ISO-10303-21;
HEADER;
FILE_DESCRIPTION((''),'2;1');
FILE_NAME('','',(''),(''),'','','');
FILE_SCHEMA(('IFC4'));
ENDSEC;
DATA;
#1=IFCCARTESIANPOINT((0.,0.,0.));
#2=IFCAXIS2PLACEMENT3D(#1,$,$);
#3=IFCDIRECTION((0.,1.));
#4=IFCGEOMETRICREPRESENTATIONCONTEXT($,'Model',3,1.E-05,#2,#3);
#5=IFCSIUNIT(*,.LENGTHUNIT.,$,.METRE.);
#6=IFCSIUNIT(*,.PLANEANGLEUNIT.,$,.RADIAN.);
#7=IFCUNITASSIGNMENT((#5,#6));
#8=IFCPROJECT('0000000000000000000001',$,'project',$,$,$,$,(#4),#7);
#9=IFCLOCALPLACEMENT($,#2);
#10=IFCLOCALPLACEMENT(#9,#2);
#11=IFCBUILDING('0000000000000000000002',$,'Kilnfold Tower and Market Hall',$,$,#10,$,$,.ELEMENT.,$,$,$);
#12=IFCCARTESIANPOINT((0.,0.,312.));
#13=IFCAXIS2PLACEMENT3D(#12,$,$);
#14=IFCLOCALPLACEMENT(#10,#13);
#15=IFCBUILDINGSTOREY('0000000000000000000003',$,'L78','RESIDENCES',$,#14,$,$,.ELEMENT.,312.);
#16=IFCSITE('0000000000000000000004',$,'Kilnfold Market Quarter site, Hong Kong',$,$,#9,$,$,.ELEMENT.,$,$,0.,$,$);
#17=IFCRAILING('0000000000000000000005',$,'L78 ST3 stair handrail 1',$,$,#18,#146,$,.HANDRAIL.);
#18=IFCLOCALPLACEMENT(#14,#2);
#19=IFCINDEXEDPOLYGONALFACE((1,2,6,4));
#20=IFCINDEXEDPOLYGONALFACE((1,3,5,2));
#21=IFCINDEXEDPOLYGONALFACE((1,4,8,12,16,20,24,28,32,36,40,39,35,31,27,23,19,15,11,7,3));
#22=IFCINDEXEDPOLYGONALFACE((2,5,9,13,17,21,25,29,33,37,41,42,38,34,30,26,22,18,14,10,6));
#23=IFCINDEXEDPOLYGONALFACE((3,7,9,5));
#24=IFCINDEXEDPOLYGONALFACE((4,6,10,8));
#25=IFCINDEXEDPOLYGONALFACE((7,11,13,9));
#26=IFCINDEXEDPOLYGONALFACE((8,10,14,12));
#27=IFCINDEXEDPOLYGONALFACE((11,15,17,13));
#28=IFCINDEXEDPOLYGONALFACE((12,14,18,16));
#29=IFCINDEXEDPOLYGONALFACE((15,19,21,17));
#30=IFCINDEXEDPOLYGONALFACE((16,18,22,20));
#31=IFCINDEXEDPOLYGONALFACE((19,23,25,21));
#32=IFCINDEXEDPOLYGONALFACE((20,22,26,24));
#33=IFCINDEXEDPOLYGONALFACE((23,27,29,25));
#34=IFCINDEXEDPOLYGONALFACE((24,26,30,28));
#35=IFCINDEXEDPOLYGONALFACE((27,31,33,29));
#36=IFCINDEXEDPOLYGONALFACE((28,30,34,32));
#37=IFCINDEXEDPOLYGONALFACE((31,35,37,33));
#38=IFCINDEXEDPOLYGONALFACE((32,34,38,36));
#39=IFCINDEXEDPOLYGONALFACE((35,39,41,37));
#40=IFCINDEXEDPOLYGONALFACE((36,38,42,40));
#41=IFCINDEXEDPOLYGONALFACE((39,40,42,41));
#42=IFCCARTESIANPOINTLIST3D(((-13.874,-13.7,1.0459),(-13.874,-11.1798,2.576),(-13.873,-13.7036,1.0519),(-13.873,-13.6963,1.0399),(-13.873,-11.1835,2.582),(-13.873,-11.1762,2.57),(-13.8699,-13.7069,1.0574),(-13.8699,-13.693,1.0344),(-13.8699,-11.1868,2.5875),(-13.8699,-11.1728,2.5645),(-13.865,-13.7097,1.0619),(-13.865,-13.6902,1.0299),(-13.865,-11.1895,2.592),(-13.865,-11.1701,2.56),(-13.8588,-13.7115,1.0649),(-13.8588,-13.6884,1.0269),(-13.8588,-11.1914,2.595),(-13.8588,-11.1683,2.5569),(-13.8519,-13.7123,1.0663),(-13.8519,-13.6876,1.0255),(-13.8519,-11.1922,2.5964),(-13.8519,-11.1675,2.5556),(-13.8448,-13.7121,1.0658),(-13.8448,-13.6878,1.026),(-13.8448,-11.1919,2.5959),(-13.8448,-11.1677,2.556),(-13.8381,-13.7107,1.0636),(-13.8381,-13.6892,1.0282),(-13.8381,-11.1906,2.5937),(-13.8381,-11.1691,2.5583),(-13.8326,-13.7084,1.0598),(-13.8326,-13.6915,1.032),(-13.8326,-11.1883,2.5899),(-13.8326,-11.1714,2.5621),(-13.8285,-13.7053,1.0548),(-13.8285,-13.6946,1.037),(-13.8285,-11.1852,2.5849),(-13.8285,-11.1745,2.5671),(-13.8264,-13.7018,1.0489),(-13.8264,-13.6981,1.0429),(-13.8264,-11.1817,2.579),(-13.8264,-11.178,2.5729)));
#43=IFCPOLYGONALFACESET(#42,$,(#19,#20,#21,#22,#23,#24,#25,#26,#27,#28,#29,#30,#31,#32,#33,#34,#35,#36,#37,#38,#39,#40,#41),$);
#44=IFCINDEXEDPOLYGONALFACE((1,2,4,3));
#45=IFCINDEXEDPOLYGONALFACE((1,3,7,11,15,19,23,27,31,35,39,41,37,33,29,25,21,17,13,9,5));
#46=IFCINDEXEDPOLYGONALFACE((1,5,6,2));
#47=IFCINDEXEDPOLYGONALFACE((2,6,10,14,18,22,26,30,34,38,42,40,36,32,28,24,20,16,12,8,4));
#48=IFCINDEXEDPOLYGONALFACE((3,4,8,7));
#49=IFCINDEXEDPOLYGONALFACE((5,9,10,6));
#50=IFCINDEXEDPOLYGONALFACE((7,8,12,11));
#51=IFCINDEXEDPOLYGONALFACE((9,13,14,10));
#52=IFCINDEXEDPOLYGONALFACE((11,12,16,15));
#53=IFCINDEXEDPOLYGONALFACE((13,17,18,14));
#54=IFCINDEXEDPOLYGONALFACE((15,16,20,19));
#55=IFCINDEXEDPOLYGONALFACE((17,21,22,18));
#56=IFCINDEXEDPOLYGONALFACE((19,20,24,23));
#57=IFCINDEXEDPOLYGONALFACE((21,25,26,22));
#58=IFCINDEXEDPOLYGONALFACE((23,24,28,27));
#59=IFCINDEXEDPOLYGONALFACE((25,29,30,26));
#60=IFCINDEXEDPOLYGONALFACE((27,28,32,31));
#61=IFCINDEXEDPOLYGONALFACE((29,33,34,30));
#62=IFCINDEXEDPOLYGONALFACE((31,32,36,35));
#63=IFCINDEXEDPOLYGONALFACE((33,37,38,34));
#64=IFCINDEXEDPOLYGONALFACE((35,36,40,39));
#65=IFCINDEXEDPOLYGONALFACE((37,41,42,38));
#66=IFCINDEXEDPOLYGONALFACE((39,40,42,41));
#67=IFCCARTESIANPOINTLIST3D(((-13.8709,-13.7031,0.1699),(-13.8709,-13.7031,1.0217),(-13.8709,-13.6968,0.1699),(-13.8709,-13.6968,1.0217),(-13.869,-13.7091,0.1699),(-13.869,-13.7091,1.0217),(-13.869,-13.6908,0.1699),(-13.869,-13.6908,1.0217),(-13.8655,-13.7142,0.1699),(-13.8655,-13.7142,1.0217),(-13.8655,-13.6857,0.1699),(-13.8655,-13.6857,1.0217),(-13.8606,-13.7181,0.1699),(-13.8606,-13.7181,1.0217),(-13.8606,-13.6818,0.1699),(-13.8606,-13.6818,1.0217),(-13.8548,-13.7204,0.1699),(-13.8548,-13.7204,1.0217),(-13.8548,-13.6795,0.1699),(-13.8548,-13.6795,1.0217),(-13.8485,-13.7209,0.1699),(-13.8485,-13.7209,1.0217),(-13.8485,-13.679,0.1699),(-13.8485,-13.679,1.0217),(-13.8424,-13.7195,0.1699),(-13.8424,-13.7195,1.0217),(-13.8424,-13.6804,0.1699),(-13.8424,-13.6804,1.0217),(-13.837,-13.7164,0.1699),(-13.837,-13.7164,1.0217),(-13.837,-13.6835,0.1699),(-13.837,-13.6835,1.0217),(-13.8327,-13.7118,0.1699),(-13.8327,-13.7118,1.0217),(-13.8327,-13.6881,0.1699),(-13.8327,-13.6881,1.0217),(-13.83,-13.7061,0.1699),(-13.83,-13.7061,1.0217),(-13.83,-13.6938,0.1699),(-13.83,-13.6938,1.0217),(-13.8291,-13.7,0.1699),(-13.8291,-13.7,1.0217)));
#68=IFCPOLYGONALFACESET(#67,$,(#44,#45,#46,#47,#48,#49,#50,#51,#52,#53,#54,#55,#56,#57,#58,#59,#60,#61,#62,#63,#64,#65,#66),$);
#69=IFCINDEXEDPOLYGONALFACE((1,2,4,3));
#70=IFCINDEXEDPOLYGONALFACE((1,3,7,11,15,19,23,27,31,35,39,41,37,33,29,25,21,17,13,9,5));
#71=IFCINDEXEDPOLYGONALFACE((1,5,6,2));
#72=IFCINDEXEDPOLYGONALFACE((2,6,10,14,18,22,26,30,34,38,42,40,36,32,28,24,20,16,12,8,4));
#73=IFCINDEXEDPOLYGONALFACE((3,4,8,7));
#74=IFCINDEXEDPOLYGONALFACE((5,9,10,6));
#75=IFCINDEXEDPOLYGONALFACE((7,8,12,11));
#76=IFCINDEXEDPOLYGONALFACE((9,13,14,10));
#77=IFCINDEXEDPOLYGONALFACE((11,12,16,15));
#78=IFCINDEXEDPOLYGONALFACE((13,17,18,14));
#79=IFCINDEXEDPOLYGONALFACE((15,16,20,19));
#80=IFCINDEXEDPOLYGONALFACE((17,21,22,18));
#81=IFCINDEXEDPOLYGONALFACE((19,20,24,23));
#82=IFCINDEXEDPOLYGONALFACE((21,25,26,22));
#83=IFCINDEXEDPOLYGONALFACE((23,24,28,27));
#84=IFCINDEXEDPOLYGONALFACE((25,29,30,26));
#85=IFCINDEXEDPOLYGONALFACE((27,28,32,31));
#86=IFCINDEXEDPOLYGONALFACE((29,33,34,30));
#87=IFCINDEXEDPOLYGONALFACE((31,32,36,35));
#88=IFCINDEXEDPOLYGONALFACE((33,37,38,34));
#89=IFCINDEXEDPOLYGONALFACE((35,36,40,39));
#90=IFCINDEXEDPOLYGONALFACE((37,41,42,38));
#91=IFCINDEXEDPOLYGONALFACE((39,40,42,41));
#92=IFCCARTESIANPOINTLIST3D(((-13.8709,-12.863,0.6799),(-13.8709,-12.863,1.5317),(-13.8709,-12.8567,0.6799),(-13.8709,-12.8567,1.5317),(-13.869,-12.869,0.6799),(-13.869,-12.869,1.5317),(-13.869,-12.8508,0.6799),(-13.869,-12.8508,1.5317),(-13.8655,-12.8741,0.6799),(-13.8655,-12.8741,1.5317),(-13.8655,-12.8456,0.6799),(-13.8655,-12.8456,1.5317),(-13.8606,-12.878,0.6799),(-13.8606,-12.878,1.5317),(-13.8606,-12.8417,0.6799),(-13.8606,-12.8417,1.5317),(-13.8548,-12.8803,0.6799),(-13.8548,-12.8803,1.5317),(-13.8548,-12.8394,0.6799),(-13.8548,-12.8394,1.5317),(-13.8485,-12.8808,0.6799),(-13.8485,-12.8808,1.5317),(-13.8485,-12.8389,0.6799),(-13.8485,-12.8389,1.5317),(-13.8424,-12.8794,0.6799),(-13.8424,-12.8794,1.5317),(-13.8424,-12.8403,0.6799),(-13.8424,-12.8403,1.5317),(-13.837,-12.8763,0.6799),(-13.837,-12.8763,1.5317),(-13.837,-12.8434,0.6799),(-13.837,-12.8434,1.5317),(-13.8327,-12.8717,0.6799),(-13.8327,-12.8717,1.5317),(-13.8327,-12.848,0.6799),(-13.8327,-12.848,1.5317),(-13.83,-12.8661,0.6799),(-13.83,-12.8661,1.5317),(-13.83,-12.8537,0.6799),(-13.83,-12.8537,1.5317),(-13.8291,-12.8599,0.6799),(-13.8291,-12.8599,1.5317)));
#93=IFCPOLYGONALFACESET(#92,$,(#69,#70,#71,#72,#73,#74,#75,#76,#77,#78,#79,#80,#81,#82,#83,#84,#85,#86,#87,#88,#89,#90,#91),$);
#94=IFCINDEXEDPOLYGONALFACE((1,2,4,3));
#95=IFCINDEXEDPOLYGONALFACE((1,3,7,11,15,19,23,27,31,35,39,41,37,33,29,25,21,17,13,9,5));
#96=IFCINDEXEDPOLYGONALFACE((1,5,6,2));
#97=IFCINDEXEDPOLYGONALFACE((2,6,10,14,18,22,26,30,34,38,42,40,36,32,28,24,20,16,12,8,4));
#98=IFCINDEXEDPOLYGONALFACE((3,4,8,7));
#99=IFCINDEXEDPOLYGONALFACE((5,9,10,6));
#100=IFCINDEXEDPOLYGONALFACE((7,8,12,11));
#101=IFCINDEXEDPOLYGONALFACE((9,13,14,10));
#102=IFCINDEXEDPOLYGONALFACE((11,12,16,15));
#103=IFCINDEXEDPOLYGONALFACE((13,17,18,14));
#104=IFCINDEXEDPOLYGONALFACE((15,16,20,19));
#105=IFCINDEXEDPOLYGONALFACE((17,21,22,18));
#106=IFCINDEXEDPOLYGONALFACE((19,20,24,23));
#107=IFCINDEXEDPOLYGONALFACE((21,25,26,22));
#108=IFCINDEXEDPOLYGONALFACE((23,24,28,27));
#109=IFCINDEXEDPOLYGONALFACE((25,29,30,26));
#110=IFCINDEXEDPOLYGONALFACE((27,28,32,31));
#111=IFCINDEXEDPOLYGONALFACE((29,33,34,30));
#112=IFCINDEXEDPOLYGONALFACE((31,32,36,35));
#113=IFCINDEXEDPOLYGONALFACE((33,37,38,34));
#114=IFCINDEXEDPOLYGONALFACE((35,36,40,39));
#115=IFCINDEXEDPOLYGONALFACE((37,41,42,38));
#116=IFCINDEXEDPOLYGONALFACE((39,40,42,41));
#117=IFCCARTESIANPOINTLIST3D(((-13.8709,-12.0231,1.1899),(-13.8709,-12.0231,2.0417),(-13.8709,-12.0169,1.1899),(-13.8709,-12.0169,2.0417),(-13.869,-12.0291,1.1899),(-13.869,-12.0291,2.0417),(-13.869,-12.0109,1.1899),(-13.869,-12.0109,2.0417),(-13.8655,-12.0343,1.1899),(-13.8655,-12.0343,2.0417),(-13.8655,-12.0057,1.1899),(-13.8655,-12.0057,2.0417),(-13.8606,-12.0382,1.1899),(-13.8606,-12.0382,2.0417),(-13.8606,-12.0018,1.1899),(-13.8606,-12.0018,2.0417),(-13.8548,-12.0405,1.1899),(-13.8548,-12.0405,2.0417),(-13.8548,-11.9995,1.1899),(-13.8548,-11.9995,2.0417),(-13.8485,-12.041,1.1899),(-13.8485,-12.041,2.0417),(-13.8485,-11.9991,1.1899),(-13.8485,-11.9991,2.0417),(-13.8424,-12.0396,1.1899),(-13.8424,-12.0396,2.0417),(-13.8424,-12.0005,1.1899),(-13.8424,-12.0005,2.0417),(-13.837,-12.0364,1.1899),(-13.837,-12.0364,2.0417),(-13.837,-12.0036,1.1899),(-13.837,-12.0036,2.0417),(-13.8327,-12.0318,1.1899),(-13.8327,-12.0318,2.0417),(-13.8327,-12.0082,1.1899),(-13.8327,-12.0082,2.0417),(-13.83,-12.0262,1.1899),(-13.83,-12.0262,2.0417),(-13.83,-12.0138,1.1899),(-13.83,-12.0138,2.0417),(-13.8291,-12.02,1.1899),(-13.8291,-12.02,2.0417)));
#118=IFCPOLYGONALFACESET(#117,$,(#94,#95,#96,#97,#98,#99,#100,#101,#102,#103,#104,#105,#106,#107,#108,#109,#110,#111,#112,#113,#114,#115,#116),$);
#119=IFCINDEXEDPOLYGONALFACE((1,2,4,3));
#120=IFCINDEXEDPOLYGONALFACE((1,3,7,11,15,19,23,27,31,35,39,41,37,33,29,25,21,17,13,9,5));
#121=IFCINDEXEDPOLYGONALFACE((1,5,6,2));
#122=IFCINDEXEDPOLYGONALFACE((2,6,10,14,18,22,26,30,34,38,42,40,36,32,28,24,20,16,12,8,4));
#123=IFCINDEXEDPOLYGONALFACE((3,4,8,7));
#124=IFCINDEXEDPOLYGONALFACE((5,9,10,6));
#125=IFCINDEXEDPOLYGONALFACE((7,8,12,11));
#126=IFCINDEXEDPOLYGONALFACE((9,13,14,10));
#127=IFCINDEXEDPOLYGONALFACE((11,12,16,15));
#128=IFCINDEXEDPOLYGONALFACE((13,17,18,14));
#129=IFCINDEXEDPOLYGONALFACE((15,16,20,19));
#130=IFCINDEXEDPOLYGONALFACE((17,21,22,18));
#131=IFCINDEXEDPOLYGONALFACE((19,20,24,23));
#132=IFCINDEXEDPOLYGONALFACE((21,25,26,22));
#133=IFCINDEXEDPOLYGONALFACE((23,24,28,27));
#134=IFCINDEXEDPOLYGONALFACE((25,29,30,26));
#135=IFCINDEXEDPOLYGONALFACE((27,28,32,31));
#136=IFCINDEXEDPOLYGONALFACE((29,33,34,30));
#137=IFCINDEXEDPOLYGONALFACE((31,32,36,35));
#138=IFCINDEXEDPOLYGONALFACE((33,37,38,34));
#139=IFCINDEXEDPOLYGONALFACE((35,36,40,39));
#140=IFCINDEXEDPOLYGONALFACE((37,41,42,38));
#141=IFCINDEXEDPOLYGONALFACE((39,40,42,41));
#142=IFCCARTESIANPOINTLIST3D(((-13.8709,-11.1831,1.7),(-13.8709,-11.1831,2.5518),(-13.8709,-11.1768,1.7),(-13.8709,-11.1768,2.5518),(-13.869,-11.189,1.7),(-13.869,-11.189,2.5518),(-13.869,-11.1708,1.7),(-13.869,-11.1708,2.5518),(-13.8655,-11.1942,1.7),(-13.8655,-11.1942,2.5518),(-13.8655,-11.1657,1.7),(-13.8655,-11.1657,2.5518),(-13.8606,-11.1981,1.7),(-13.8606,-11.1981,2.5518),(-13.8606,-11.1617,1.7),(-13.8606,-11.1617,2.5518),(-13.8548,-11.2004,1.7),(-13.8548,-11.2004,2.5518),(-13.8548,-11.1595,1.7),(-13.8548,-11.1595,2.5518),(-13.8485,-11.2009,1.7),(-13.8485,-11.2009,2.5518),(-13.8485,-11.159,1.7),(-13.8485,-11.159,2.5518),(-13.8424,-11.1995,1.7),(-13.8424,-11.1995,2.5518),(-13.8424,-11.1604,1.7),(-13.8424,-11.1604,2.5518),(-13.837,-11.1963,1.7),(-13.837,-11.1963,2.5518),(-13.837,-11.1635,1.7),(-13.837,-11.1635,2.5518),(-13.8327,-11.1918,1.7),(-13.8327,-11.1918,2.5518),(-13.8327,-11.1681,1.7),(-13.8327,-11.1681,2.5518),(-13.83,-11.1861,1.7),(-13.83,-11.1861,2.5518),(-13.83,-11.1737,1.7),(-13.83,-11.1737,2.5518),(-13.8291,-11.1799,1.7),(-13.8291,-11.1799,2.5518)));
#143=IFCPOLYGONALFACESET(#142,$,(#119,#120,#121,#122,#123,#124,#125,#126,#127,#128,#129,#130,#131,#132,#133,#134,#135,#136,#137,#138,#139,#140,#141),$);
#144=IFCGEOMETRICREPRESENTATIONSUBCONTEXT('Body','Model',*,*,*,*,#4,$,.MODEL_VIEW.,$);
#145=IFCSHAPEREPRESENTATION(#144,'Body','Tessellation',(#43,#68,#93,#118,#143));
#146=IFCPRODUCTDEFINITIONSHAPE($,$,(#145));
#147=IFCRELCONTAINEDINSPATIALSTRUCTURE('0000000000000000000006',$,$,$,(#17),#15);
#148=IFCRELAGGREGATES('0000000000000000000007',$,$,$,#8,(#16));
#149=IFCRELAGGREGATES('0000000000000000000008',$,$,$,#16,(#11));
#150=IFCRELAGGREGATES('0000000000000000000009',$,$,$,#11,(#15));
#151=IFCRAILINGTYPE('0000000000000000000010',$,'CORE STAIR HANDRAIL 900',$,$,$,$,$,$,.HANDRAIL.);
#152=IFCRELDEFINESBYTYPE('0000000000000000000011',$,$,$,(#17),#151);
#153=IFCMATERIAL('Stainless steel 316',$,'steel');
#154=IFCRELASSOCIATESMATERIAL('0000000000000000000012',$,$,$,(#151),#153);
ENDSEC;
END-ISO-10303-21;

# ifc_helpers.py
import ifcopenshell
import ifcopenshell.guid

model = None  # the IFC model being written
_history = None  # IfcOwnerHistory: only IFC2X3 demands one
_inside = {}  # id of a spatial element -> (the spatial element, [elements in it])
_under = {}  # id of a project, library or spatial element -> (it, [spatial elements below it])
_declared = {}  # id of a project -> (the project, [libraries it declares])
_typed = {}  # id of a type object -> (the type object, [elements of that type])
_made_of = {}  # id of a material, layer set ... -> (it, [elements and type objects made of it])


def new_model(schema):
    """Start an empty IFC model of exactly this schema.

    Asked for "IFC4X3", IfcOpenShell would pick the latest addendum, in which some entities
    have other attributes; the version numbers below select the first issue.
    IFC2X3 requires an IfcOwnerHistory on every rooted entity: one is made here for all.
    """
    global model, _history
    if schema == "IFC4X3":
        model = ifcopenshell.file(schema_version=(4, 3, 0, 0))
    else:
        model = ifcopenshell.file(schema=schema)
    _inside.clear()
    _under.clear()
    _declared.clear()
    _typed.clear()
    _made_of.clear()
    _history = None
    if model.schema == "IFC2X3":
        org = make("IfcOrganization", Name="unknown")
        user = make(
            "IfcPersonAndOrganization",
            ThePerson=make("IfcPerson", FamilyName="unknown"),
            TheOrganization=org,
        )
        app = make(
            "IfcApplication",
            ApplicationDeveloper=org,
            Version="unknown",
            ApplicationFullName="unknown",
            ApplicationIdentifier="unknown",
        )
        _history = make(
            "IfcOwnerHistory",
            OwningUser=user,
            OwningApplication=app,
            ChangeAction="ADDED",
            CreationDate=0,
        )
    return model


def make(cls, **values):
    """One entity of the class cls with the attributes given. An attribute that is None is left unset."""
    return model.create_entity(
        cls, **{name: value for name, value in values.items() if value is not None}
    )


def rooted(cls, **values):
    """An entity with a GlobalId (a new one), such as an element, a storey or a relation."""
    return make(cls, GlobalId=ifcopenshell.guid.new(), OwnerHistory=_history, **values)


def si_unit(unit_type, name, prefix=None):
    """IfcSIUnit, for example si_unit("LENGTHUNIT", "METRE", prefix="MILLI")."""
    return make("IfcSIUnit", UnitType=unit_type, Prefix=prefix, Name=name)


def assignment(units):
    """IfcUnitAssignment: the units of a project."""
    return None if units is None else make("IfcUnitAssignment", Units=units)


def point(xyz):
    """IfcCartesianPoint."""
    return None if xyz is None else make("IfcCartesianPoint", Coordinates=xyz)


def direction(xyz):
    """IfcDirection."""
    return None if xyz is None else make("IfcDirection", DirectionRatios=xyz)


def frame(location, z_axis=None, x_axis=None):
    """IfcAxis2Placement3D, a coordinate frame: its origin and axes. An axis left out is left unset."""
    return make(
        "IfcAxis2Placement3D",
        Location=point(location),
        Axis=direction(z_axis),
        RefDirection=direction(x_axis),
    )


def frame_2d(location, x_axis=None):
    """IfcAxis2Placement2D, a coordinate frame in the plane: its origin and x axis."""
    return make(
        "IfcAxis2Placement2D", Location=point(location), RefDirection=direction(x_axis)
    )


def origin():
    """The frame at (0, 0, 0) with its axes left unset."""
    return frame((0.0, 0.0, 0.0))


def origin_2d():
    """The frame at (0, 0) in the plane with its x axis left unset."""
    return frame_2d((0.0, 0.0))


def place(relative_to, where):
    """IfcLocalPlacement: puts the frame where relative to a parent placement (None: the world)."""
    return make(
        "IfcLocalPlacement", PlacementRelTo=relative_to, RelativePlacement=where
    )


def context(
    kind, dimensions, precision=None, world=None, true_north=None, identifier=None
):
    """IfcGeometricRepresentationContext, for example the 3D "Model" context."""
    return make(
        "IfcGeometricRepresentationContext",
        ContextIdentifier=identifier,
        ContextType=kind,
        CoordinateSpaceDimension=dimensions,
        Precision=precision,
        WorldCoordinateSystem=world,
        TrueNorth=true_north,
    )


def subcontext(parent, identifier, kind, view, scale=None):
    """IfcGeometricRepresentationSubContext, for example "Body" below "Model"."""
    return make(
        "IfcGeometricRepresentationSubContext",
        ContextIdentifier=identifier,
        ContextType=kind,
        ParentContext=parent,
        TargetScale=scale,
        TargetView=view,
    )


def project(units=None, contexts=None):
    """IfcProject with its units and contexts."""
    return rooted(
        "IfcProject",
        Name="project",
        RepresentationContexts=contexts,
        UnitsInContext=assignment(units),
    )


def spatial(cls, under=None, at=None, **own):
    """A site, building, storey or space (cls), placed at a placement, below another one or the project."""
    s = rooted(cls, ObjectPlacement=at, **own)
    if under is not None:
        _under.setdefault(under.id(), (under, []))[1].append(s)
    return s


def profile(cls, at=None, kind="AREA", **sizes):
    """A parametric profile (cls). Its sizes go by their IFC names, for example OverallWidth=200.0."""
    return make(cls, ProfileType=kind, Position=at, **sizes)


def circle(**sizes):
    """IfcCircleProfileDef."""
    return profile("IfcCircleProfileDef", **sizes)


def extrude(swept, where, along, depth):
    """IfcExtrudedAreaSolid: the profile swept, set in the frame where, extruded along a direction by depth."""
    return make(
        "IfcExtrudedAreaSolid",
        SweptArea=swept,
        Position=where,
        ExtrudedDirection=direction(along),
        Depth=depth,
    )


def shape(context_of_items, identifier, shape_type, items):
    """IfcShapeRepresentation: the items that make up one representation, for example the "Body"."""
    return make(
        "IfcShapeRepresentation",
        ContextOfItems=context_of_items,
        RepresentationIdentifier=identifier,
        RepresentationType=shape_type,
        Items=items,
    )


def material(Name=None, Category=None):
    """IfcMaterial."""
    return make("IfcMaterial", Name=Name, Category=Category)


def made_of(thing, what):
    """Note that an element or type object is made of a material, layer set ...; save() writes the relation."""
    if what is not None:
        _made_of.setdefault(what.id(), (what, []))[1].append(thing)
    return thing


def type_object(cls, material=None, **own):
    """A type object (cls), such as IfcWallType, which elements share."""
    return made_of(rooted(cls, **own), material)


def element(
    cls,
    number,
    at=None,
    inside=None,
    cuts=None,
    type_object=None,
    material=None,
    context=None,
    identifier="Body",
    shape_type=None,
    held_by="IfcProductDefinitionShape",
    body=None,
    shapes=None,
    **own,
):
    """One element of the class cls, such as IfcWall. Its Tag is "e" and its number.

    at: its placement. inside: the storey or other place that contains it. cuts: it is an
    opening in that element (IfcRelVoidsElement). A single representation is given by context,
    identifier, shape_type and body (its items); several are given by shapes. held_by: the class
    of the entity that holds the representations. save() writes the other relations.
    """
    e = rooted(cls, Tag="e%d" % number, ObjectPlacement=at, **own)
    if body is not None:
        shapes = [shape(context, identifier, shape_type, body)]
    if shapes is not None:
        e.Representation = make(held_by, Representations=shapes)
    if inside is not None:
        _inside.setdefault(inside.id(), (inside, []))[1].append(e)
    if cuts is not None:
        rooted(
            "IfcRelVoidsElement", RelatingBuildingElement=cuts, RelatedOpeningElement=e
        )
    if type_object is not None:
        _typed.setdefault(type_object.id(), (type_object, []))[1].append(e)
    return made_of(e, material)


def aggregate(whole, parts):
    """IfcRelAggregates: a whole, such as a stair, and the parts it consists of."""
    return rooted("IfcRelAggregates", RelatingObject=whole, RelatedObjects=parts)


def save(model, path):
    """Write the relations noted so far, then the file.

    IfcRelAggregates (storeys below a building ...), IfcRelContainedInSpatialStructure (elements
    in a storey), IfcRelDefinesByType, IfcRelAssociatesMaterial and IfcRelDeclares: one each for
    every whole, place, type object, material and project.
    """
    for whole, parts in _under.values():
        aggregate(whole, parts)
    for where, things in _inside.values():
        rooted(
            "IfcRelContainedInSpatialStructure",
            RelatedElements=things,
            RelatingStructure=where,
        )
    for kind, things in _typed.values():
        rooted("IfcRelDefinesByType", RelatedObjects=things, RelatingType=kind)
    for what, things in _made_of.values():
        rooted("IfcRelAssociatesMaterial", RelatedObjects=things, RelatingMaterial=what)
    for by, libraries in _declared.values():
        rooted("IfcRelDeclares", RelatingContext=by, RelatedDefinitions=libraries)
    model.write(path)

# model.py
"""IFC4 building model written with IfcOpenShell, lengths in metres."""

from ifc_helpers import new_model, si_unit, direction, frame, origin, origin_2d, place, context, subcontext, project, spatial, circle, extrude, material, type_object, element, save


model = new_model("IFC4")

# Units and contexts
model_context = context("Model", 3, precision=1e-05, world=origin(), true_north=direction((0.0, 1.0)))
body_context = subcontext(model_context, "Body", "Model", "MODEL_VIEW")
ifc_project = project(units=[si_unit("LENGTHUNIT", "METRE"), si_unit("PLANEANGLEUNIT", "RADIAN")], contexts=[model_context])

# Site, building, storey
site_placement = place(None, origin())
site = spatial("IfcSite", under=ifc_project, at=site_placement, Name="Kilnfold Market Quarter site, Hong Kong", CompositionType="ELEMENT", RefElevation=0.0)
building_placement = place(site_placement, origin())
building = spatial("IfcBuilding", under=site, at=building_placement, Name="Kilnfold Tower and Market Hall", CompositionType="ELEMENT")
storey_placement = place(building_placement, frame((0.0, 0.0, 312.0)))
storey = spatial("IfcBuildingStorey", under=building, at=storey_placement, Name="L78", Description="RESIDENCES", CompositionType="ELEMENT", Elevation=312.0)

# Railing
ifc_material_1 = material(Name="Stainless steel 316", Category="steel")
railing_type = type_object("IfcRailingType", Name="CORE STAIR HANDRAIL 900", PredefinedType="HANDRAIL", material=ifc_material_1)
railing_placement = place(storey_placement, frame((-13.8501, -13.7, 0.1699)))
element("IfcRailing", 1, at=railing_placement, inside=storey, type_object=railing_type, Name="L78 ST3 stair handrail 1", PredefinedType="HANDRAIL", context=body_context, shape_type="SweptSolid", body=[
    extrude(circle(Radius=0.0239, at=origin_2d()), frame((0.0, 0.0, 0.876), z_axis=(0.0, 0.854785, 0.518982), x_axis=(-1.0, 0.0, 0.0)), (0.0, 0.0, 1.0), 2.9482),
    extrude(circle(Radius=0.021, at=origin_2d()), origin(), (0.0, 0.0, 1.0), 0.8518),
    extrude(circle(Radius=0.021, at=origin_2d()), frame((0.0, 0.8401, 0.51)), (0.0, 0.0, 1.0), 0.8518),
    extrude(circle(Radius=0.021, at=origin_2d()), frame((0.0, 1.6799, 1.02)), (0.0, 0.0, 1.0), 0.8518),
    extrude(circle(Radius=0.021, at=origin_2d()), frame((0.0, 2.52, 1.53)), (0.0, 0.0, 1.0), 0.8518),
])

save(model, "model.ifc")
